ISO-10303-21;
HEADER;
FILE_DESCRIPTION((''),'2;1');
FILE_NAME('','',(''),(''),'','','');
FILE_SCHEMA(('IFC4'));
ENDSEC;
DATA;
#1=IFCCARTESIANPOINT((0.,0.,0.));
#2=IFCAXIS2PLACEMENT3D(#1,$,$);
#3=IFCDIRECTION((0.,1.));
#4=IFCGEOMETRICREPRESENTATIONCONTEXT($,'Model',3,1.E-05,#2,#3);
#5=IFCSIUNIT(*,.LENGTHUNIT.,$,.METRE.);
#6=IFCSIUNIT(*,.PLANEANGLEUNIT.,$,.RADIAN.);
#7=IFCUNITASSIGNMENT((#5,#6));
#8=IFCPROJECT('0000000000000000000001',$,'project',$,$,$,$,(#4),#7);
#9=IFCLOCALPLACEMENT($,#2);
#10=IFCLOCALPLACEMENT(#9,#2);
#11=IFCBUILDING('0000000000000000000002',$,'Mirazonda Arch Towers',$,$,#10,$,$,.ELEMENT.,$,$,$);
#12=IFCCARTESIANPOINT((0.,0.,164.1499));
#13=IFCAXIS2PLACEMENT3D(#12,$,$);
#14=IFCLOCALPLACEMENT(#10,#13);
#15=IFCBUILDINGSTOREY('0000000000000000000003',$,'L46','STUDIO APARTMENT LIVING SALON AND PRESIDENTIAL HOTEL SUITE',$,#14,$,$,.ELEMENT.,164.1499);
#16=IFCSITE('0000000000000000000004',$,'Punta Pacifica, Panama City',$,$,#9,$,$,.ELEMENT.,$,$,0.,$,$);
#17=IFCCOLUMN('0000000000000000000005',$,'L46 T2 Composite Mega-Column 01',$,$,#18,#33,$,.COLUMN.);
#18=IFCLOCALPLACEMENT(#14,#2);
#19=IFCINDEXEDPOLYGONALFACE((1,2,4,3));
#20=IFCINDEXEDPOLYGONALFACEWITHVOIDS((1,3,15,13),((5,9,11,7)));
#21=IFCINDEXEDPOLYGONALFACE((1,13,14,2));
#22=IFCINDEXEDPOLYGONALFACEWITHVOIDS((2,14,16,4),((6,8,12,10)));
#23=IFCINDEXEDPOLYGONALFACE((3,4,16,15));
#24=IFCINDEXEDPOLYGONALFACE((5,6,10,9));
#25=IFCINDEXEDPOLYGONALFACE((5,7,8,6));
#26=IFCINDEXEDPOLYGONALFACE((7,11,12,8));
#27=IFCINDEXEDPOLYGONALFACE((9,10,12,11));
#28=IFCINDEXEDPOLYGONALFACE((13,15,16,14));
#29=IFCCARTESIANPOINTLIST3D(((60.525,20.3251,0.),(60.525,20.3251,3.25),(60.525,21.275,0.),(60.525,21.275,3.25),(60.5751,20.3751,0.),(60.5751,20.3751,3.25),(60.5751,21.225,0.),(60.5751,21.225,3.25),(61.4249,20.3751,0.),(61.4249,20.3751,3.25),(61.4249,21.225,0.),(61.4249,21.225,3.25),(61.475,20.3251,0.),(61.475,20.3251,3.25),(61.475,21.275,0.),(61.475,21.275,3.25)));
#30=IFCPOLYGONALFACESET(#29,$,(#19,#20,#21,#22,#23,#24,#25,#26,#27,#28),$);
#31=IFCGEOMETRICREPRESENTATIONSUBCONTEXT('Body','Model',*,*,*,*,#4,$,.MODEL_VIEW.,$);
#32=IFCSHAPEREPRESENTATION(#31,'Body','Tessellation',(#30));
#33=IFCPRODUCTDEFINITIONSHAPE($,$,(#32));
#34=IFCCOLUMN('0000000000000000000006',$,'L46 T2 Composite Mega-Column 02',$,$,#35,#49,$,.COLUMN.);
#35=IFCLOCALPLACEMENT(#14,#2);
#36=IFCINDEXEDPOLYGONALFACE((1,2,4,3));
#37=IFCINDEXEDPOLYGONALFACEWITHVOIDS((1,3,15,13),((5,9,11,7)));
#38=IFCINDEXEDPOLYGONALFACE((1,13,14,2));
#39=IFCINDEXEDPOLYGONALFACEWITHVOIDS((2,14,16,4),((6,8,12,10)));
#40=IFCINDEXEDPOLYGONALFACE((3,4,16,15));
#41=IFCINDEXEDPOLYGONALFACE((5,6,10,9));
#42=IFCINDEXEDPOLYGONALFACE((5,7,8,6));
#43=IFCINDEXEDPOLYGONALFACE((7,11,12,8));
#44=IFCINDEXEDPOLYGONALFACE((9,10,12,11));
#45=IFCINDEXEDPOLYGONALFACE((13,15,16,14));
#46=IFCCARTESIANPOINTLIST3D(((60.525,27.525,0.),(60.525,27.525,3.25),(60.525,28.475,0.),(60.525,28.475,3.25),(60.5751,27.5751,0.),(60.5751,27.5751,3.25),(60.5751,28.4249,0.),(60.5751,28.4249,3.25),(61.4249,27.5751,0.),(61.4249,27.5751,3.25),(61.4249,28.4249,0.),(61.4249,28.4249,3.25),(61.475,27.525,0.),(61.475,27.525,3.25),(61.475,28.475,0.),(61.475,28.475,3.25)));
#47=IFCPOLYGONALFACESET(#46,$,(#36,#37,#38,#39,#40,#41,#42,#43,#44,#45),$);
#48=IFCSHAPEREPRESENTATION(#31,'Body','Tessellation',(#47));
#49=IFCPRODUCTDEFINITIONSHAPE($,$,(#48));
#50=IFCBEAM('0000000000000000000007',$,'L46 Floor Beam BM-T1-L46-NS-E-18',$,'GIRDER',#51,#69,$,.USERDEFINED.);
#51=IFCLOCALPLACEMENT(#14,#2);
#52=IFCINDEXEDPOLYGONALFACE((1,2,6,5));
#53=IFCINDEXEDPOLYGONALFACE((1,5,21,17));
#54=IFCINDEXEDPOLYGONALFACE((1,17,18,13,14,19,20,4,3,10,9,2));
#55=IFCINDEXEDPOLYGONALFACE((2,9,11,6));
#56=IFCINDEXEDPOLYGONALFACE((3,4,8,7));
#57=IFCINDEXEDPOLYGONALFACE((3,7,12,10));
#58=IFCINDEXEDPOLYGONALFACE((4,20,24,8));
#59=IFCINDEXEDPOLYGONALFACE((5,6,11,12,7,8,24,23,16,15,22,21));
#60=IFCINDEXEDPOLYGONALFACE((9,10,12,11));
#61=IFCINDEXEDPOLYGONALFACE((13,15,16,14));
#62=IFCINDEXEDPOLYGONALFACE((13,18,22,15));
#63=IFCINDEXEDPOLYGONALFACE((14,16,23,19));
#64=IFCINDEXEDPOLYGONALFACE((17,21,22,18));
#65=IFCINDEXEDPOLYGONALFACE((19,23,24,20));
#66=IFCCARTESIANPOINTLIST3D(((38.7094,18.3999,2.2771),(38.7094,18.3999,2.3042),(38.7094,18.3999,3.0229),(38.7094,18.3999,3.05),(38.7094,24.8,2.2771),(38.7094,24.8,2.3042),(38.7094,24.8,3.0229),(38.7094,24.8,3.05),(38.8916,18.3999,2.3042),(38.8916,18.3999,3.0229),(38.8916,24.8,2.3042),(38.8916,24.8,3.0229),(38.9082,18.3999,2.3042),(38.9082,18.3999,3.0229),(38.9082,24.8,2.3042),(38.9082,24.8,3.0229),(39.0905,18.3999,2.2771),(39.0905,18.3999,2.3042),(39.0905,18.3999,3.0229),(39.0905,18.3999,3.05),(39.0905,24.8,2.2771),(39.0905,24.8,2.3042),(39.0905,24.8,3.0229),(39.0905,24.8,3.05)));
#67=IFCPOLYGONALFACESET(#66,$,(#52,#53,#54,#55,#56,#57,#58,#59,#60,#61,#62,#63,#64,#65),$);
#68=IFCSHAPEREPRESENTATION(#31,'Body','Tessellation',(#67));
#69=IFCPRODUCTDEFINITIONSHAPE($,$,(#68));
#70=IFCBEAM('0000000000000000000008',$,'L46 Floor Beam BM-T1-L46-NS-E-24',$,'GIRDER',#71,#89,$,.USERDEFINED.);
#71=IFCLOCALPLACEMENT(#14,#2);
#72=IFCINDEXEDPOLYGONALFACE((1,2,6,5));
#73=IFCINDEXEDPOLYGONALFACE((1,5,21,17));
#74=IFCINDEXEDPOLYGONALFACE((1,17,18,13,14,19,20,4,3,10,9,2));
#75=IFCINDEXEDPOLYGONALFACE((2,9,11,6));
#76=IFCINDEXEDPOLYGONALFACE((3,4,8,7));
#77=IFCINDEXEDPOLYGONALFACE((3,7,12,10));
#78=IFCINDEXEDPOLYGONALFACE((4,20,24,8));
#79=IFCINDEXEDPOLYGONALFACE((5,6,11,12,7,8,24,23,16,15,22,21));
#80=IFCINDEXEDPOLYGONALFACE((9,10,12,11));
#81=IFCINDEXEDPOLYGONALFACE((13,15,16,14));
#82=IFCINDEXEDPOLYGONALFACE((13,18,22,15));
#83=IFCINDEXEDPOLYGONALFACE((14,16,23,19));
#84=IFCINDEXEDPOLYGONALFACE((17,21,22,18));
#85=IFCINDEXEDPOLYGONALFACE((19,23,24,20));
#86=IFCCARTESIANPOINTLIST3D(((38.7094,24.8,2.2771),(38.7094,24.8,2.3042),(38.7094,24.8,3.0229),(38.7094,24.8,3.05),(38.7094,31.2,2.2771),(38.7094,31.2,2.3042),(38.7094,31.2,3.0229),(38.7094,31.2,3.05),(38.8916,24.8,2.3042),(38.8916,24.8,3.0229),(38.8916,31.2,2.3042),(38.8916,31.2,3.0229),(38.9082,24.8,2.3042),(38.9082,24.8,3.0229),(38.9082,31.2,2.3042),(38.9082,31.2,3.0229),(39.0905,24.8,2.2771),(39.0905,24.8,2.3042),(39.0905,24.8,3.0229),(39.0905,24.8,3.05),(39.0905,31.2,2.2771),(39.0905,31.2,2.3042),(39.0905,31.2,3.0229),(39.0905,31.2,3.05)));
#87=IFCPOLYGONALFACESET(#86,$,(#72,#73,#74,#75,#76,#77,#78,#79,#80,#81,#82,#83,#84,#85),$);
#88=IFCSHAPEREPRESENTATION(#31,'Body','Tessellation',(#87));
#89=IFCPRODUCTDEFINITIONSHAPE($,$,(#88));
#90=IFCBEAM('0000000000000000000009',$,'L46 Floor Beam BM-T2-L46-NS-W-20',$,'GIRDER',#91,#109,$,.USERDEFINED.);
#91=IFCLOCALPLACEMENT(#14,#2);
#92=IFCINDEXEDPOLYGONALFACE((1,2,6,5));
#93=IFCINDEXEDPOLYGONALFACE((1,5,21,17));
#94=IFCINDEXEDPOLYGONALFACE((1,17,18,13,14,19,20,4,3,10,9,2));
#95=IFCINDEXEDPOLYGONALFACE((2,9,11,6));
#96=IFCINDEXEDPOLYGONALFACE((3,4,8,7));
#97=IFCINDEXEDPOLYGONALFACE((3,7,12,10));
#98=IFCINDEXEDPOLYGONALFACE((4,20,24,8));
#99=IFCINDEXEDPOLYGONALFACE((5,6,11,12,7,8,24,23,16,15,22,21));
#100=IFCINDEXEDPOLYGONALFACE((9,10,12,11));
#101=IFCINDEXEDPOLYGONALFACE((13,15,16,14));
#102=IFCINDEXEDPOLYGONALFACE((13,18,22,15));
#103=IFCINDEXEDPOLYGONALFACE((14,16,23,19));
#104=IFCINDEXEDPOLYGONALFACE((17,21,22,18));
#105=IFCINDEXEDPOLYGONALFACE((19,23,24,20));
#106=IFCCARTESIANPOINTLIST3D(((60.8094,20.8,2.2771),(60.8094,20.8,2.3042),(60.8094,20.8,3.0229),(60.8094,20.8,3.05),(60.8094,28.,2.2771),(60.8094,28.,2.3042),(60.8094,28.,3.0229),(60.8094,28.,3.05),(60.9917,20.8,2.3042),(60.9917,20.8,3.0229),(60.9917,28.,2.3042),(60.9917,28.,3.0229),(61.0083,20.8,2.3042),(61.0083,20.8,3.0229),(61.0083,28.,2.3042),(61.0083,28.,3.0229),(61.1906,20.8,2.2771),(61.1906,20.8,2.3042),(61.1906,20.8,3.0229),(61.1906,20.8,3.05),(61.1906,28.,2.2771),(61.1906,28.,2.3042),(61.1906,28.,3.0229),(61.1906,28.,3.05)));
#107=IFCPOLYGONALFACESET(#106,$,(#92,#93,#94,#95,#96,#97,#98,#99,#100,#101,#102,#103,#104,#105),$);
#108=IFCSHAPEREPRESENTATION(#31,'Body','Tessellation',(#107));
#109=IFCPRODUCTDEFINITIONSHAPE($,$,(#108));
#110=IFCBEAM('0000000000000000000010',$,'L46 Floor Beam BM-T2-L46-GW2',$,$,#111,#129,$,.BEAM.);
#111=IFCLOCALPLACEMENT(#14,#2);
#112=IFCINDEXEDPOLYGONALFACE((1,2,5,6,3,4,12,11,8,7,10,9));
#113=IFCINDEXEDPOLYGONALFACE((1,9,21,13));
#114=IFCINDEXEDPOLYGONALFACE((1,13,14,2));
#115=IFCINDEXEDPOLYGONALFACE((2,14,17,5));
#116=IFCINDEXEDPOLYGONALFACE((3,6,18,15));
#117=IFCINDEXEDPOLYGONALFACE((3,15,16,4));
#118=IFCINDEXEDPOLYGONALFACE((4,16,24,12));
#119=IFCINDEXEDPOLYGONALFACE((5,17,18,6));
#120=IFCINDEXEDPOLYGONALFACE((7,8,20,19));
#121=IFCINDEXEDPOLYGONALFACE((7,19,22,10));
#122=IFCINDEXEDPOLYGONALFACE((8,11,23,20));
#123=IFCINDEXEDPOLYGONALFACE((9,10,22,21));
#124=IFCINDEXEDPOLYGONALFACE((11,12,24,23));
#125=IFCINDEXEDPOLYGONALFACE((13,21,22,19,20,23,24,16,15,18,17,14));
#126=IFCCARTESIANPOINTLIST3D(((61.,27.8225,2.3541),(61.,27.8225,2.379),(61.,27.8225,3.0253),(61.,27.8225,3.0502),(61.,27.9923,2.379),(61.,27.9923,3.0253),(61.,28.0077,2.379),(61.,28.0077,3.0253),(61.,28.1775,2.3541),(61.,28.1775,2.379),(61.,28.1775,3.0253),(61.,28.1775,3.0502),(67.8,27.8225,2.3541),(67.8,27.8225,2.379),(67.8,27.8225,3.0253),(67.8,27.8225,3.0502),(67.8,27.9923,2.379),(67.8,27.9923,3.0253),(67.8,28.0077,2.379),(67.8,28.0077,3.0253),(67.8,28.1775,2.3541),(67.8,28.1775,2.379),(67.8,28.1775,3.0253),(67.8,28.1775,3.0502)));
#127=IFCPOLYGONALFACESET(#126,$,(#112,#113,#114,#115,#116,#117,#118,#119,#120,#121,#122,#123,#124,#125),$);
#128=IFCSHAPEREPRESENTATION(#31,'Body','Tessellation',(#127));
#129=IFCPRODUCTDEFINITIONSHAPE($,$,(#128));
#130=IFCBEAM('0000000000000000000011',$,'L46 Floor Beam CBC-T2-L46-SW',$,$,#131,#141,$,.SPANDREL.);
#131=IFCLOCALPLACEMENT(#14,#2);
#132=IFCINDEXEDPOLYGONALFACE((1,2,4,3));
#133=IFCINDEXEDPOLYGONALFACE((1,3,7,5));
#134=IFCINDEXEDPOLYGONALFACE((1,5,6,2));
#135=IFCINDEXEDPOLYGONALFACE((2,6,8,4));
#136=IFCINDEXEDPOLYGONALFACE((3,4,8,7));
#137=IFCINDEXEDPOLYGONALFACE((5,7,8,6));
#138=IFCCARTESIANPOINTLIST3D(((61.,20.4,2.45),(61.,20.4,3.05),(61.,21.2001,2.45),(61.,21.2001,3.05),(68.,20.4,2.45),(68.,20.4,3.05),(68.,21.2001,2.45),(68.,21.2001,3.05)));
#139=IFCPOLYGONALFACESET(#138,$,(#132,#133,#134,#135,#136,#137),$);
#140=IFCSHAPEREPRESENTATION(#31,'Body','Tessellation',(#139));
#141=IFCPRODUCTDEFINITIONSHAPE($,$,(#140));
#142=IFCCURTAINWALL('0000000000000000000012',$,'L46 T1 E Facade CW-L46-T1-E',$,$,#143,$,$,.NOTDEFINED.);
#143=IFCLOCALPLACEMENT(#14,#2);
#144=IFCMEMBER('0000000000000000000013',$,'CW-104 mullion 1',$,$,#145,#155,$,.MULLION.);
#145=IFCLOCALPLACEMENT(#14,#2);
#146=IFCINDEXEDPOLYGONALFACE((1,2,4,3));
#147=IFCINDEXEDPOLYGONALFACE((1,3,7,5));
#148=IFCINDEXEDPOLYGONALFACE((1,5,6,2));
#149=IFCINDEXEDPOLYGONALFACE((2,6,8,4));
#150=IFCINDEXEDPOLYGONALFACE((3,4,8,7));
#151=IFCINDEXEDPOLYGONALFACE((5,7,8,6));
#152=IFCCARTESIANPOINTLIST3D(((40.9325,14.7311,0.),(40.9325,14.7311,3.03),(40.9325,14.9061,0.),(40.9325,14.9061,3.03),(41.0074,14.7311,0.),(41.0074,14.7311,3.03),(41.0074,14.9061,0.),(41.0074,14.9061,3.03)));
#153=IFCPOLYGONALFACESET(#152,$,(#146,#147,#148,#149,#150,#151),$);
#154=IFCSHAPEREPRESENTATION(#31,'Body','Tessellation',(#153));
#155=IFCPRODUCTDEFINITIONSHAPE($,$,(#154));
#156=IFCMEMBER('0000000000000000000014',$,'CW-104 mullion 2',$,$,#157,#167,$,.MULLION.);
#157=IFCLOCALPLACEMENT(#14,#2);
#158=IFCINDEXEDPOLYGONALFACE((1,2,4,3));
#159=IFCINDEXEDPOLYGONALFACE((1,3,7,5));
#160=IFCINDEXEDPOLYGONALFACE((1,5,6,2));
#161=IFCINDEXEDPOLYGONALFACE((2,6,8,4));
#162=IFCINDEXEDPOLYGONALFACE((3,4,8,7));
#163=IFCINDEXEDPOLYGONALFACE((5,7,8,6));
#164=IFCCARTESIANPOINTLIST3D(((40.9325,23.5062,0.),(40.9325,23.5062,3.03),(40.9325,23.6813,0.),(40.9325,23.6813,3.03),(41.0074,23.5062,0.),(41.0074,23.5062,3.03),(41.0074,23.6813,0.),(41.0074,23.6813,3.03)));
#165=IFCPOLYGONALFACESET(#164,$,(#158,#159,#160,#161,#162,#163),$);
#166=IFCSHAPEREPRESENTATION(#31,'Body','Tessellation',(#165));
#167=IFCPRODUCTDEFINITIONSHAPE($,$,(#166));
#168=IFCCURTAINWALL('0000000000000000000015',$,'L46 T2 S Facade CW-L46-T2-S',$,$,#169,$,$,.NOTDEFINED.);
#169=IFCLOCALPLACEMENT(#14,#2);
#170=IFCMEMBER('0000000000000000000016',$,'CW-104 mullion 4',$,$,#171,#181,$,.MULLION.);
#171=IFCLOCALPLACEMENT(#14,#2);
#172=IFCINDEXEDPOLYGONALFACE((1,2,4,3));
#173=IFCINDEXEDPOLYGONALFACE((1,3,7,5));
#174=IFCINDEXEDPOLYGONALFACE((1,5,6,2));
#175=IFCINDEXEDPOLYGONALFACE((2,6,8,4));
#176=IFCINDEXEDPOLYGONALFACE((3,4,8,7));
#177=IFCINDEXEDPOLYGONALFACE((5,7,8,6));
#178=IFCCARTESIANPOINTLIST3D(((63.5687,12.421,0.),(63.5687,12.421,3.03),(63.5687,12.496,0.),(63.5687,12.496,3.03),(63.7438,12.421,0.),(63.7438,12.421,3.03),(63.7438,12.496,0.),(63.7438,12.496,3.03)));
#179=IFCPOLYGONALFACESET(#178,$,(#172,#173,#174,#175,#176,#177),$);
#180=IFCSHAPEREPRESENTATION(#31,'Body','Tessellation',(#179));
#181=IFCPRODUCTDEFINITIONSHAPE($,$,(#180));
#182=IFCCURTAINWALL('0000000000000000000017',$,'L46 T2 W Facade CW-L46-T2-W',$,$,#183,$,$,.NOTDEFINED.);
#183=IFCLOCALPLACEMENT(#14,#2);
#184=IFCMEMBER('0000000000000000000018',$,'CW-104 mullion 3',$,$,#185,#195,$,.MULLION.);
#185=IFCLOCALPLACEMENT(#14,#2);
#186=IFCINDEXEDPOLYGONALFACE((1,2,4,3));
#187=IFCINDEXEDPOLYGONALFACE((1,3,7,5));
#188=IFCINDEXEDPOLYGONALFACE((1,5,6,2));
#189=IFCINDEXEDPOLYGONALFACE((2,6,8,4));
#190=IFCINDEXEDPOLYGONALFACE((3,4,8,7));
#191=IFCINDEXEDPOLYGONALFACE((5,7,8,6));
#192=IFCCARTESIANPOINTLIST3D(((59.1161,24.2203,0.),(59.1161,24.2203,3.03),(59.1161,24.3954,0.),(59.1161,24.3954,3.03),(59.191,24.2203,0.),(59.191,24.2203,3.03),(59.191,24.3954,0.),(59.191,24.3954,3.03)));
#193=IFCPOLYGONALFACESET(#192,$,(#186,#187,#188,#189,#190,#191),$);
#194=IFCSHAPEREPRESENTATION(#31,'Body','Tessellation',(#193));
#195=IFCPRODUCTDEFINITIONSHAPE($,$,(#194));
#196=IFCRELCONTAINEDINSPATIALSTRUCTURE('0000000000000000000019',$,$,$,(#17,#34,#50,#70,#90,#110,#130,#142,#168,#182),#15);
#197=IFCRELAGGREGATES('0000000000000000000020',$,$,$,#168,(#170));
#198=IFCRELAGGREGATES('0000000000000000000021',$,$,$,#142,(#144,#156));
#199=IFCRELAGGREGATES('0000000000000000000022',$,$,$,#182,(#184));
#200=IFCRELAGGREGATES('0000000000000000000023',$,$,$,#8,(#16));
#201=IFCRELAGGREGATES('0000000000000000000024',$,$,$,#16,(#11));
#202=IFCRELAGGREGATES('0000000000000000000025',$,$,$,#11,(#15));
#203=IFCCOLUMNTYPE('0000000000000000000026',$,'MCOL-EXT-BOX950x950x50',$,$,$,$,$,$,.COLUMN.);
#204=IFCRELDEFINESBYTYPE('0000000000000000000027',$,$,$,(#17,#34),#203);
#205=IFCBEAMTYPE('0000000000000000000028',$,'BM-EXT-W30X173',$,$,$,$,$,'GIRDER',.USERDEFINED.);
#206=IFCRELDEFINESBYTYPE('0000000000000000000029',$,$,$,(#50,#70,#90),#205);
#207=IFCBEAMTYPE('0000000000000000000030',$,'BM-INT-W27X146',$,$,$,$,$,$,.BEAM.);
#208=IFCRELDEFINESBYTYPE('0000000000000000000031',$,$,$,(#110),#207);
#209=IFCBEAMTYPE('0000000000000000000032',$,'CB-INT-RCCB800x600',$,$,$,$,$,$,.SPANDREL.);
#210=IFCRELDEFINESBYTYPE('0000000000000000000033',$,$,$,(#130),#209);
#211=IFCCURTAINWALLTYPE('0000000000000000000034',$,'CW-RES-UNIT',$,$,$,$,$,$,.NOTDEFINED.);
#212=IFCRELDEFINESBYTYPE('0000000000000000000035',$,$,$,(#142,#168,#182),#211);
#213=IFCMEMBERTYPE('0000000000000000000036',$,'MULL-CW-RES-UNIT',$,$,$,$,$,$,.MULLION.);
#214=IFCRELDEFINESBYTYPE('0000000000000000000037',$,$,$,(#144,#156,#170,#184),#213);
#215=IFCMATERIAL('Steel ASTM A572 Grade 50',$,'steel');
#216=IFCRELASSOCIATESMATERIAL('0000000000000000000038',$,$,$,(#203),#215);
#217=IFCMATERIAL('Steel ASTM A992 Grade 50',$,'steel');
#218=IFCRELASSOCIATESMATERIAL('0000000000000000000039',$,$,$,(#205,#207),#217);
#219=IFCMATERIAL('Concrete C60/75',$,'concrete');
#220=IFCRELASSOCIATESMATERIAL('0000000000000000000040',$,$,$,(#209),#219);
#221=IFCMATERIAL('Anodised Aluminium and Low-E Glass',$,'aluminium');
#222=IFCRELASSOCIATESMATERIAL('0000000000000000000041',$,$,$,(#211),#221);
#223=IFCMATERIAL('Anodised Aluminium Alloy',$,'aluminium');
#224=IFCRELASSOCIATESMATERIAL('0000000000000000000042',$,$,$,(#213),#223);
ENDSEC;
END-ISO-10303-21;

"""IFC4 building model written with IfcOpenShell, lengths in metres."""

from ifc_helpers import new_model, si_unit, direction, frame, origin, origin_2d, place, context, subcontext, project, spatial, rectangle, hollow_rectangle, i_section, extrude, material, material_profile, profile_set, type_object, element, aggregate, save


model = new_model("IFC4")

# Units and contexts
model_context = context("Model", 3, precision=1e-05, world=origin(), true_north=direction((0.0, 1.0)))
body_context = subcontext(model_context, "Body", "Model", "MODEL_VIEW")
ifc_project = project(units=[si_unit("LENGTHUNIT", "METRE"), si_unit("PLANEANGLEUNIT", "RADIAN")], contexts=[model_context])

# Site, building, storey
site_placement = place(None, origin())
site = spatial("IfcSite", under=ifc_project, at=site_placement, Name="Punta Pacifica, Panama City", CompositionType="ELEMENT", RefElevation=0.0)
building_placement = place(site_placement, origin())
building = spatial("IfcBuilding", under=site, at=building_placement, Name="Mirazonda Arch Towers", CompositionType="ELEMENT")
storey_placement = place(building_placement, frame((0.0, 0.0, 164.1499)))
storey = spatial("IfcBuildingStorey", under=building, at=storey_placement, Name="L46", Description="STUDIO APARTMENT LIVING SALON AND PRESIDENTIAL HOTEL SUITE", CompositionType="ELEMENT", Elevation=164.1499)

# Columns
ifc_material_1 = material(Name="Steel ASTM A572 Grade 50", Category="steel")
ifc_material_profile_1 = material_profile(ifc_material_1, hollow_rectangle(XDim=0.95, YDim=0.95, WallThickness=0.05, at=origin_2d()), Name="BOX950x950x50")
ifc_profile_set_1 = profile_set([ifc_material_profile_1], Name="Steel ASTM A572 Grade 50")
column_type = type_object("IfcColumnType", Name="MCOL-EXT-BOX950x950x50", PredefinedType="COLUMN", material=ifc_profile_set_1)
for number, where, z_axis, x_axis, name in (
    (1, (61.0, 20.8, 0.0), (0.0, 0.0, 1.0), (1.0, 0.0, 0.0), "L46 T2 Composite Mega-Column 01"),
    (2, (61.0, 28.0, 0.0), (0.0, 0.0, 1.0), (1.0, 0.0, 0.0), "L46 T2 Composite Mega-Column 02"),
):
    element("IfcColumn", number, at=place(storey_placement, frame(where, z_axis=z_axis, x_axis=x_axis)), inside=storey, type_object=column_type, Name=name, PredefinedType="COLUMN", context=body_context, shape_type="SweptSolid", body=[
        extrude(hollow_rectangle(XDim=0.95, YDim=0.95, WallThickness=0.05, at=origin_2d()), origin(), (0.0, 0.0, 1.0), 3.25),
    ])

# Beams
ifc_material_2 = material(Name="Steel ASTM A992 Grade 50", Category="steel")
ifc_material_profile_2 = material_profile(ifc_material_2, i_section(OverallWidth=0.3811, OverallDepth=0.7729, WebThickness=0.0166, FlangeThickness=0.0271, at=origin_2d()), Name="W30X173")
ifc_profile_set_2 = profile_set([ifc_material_profile_2], Name="Steel ASTM A992 Grade 50")
beam_type_1 = type_object("IfcBeamType", Name="BM-EXT-W30X173", ElementType="GIRDER", PredefinedType="USERDEFINED", material=ifc_profile_set_2)
beam_1_placement = place(storey_placement, frame((38.8999, 18.3999, 2.6636), z_axis=(0.0, 1.0, 0.0), x_axis=(-1.0, 0.0, 0.0)))
element("IfcBeam", 3, at=beam_1_placement, inside=storey, type_object=beam_type_1, Name="L46 Floor Beam BM-T1-L46-NS-E-18", ObjectType="GIRDER", PredefinedType="USERDEFINED", context=body_context, shape_type="SweptSolid", body=[
    extrude(i_section(OverallWidth=0.3811, OverallDepth=0.7729, WebThickness=0.0166, FlangeThickness=0.0271, at=origin_2d()), origin(), (0.0, 0.0, 1.0), 6.4001),
])
beam_2_placement = place(storey_placement, frame((38.8999, 24.8, 2.6636), z_axis=(0.0, 1.0, 0.0), x_axis=(-1.0, 0.0, 0.0)))
element("IfcBeam", 4, at=beam_2_placement, inside=storey, type_object=beam_type_1, Name="L46 Floor Beam BM-T1-L46-NS-E-24", ObjectType="GIRDER", PredefinedType="USERDEFINED", context=body_context, shape_type="SweptSolid", body=[
    extrude(i_section(OverallWidth=0.3811, OverallDepth=0.7729, WebThickness=0.0166, FlangeThickness=0.0271, at=origin_2d()), origin(), (0.0, 0.0, 1.0), 6.3999),
])
beam_3_placement = place(storey_placement, frame((61.0, 20.8, 2.6636), z_axis=(0.0, 1.0, 0.0), x_axis=(-1.0, 0.0, 0.0)))
element("IfcBeam", 5, at=beam_3_placement, inside=storey, type_object=beam_type_1, Name="L46 Floor Beam BM-T2-L46-NS-W-20", ObjectType="GIRDER", PredefinedType="USERDEFINED", context=body_context, shape_type="SweptSolid", body=[
    extrude(i_section(OverallWidth=0.3811, OverallDepth=0.7729, WebThickness=0.0166, FlangeThickness=0.0271, at=origin_2d()), origin(), (0.0, 0.0, 1.0), 7.2),
])
ifc_material_profile_3 = material_profile(ifc_material_2, i_section(OverallWidth=0.355, OverallDepth=0.696, WebThickness=0.0154, FlangeThickness=0.0249, at=origin_2d()), Name="W27X146")
ifc_profile_set_3 = profile_set([ifc_material_profile_3], Name="Steel ASTM A992 Grade 50")
beam_type_2 = type_object("IfcBeamType", Name="BM-INT-W27X146", PredefinedType="BEAM", material=ifc_profile_set_3)
beam_4_placement = place(storey_placement, frame((61.0, 28.0, 2.7021), z_axis=(1.0, 0.0, 0.0), x_axis=(0.0, 1.0, 0.0)))
element("IfcBeam", 6, at=beam_4_placement, inside=storey, type_object=beam_type_2, Name="L46 Floor Beam BM-T2-L46-GW2", PredefinedType="BEAM", context=body_context, shape_type="SweptSolid", body=[
    extrude(i_section(OverallWidth=0.355, OverallDepth=0.696, WebThickness=0.0154, FlangeThickness=0.0249, at=origin_2d()), origin(), (0.0, 0.0, 1.0), 6.8),
])
ifc_material_3 = material(Name="Concrete C60/75", Category="concrete")
ifc_material_profile_4 = material_profile(ifc_material_3, rectangle(XDim=0.8, YDim=0.6001, at=origin_2d()), Name="RCCB800x600")
ifc_profile_set_4 = profile_set([ifc_material_profile_4], Name="Concrete C60/75")
beam_type_3 = type_object("IfcBeamType", Name="CB-INT-RCCB800x600", PredefinedType="SPANDREL", material=ifc_profile_set_4)
beam_5_placement = place(storey_placement, frame((61.0, 20.8, 2.75), z_axis=(1.0, 0.0, 0.0), x_axis=(0.0, 1.0, 0.0)))
element("IfcBeam", 7, at=beam_5_placement, inside=storey, type_object=beam_type_3, Name="L46 Floor Beam CBC-T2-L46-SW", PredefinedType="SPANDREL", context=body_context, shape_type="SweptSolid", body=[
    extrude(rectangle(XDim=0.8, YDim=0.6001, at=origin_2d()), origin(), (0.0, 0.0, 1.0), 7.0),
])

# Curtain wall, members
ifc_material_4 = material(Name="Anodised Aluminium and Low-E Glass", Category="aluminium")
curtain_wall_type = type_object("IfcCurtainWallType", Name="CW-RES-UNIT", PredefinedType="NOTDEFINED", material=ifc_material_4)
curtain_wall_1_placement = place(storey_placement, origin())
curtain_wall_1 = element("IfcCurtainWall", 8, at=curtain_wall_1_placement, inside=storey, type_object=curtain_wall_type, Name="L46 T1 E Facade CW-L46-T1-E", PredefinedType="NOTDEFINED")
ifc_material_5 = material(Name="Anodised Aluminium Alloy", Category="aluminium")
ifc_material_profile_5 = material_profile(ifc_material_5, rectangle(XDim=0.075, YDim=0.175, at=origin_2d()), Name="ALU-MULL-75x175")
ifc_profile_set_5 = profile_set([ifc_material_profile_5], Name="Anodised Aluminium Alloy")
member_type_1 = type_object("IfcMemberType", Name="MULL-CW-RES-UNIT", PredefinedType="MULLION", material=ifc_profile_set_5)
member_1_placement = place(storey_placement, frame((40.97, 14.8186, 0.0), z_axis=(0.0, 0.0, 1.0), x_axis=(-1.0, 0.0, 0.0)))
member_1 = element("IfcMember", 9, at=member_1_placement, type_object=member_type_1, Name="CW-104 mullion 1", PredefinedType="MULLION", context=body_context, shape_type="SweptSolid", body=[
    extrude(rectangle(XDim=0.075, YDim=0.175, at=origin_2d()), origin(), (0.0, 0.0, 1.0), 3.03),
])
member_2_placement = place(storey_placement, frame((40.97, 23.5938, 0.0), z_axis=(0.0, 0.0, 1.0), x_axis=(-1.0, 0.0, 0.0)))
member_2 = element("IfcMember", 10, at=member_2_placement, type_object=member_type_1, Name="CW-104 mullion 2", PredefinedType="MULLION", context=body_context, shape_type="SweptSolid", body=[
    extrude(rectangle(XDim=0.075, YDim=0.175, at=origin_2d()), origin(), (0.0, 0.0, 1.0), 3.03),
])

# Curtain wall, member
curtain_wall_2_placement = place(storey_placement, origin())
curtain_wall_2 = element("IfcCurtainWall", 11, at=curtain_wall_2_placement, inside=storey, type_object=curtain_wall_type, Name="L46 T2 S Facade CW-L46-T2-S", PredefinedType="NOTDEFINED")
member_3_placement = place(storey_placement, frame((63.6562, 12.4585, 0.0), z_axis=(0.0, 0.0, 1.0), x_axis=(0.0, -1.0, 0.0)))
member_3 = element("IfcMember", 12, at=member_3_placement, type_object=member_type_1, Name="CW-104 mullion 4", PredefinedType="MULLION", context=body_context, shape_type="SweptSolid", body=[
    extrude(rectangle(XDim=0.075, YDim=0.175, at=origin_2d()), origin(), (0.0, 0.0, 1.0), 3.03),
])
aggregate(curtain_wall_2, [member_3])

# Curtain wall, member
curtain_wall_3_placement = place(storey_placement, origin())
curtain_wall_3 = element("IfcCurtainWall", 13, at=curtain_wall_3_placement, inside=storey, type_object=curtain_wall_type, Name="L46 T2 W Facade CW-L46-T2-W", PredefinedType="NOTDEFINED")
member_4_placement = place(storey_placement, frame((59.1536, 24.3079, 0.0), z_axis=(0.0, 0.0, 1.0), x_axis=(1.0, 0.0, 0.0)))
member_4 = element("IfcMember", 14, at=member_4_placement, type_object=member_type_1, Name="CW-104 mullion 3", PredefinedType="MULLION", context=body_context, shape_type="SweptSolid", body=[
    extrude(rectangle(XDim=0.075, YDim=0.175, at=origin_2d()), origin(), (0.0, 0.0, 1.0), 3.03),
])

aggregate(curtain_wall_1, [member_1, member_2])
aggregate(curtain_wall_3, [member_4])

save(model, "model.ifc")
